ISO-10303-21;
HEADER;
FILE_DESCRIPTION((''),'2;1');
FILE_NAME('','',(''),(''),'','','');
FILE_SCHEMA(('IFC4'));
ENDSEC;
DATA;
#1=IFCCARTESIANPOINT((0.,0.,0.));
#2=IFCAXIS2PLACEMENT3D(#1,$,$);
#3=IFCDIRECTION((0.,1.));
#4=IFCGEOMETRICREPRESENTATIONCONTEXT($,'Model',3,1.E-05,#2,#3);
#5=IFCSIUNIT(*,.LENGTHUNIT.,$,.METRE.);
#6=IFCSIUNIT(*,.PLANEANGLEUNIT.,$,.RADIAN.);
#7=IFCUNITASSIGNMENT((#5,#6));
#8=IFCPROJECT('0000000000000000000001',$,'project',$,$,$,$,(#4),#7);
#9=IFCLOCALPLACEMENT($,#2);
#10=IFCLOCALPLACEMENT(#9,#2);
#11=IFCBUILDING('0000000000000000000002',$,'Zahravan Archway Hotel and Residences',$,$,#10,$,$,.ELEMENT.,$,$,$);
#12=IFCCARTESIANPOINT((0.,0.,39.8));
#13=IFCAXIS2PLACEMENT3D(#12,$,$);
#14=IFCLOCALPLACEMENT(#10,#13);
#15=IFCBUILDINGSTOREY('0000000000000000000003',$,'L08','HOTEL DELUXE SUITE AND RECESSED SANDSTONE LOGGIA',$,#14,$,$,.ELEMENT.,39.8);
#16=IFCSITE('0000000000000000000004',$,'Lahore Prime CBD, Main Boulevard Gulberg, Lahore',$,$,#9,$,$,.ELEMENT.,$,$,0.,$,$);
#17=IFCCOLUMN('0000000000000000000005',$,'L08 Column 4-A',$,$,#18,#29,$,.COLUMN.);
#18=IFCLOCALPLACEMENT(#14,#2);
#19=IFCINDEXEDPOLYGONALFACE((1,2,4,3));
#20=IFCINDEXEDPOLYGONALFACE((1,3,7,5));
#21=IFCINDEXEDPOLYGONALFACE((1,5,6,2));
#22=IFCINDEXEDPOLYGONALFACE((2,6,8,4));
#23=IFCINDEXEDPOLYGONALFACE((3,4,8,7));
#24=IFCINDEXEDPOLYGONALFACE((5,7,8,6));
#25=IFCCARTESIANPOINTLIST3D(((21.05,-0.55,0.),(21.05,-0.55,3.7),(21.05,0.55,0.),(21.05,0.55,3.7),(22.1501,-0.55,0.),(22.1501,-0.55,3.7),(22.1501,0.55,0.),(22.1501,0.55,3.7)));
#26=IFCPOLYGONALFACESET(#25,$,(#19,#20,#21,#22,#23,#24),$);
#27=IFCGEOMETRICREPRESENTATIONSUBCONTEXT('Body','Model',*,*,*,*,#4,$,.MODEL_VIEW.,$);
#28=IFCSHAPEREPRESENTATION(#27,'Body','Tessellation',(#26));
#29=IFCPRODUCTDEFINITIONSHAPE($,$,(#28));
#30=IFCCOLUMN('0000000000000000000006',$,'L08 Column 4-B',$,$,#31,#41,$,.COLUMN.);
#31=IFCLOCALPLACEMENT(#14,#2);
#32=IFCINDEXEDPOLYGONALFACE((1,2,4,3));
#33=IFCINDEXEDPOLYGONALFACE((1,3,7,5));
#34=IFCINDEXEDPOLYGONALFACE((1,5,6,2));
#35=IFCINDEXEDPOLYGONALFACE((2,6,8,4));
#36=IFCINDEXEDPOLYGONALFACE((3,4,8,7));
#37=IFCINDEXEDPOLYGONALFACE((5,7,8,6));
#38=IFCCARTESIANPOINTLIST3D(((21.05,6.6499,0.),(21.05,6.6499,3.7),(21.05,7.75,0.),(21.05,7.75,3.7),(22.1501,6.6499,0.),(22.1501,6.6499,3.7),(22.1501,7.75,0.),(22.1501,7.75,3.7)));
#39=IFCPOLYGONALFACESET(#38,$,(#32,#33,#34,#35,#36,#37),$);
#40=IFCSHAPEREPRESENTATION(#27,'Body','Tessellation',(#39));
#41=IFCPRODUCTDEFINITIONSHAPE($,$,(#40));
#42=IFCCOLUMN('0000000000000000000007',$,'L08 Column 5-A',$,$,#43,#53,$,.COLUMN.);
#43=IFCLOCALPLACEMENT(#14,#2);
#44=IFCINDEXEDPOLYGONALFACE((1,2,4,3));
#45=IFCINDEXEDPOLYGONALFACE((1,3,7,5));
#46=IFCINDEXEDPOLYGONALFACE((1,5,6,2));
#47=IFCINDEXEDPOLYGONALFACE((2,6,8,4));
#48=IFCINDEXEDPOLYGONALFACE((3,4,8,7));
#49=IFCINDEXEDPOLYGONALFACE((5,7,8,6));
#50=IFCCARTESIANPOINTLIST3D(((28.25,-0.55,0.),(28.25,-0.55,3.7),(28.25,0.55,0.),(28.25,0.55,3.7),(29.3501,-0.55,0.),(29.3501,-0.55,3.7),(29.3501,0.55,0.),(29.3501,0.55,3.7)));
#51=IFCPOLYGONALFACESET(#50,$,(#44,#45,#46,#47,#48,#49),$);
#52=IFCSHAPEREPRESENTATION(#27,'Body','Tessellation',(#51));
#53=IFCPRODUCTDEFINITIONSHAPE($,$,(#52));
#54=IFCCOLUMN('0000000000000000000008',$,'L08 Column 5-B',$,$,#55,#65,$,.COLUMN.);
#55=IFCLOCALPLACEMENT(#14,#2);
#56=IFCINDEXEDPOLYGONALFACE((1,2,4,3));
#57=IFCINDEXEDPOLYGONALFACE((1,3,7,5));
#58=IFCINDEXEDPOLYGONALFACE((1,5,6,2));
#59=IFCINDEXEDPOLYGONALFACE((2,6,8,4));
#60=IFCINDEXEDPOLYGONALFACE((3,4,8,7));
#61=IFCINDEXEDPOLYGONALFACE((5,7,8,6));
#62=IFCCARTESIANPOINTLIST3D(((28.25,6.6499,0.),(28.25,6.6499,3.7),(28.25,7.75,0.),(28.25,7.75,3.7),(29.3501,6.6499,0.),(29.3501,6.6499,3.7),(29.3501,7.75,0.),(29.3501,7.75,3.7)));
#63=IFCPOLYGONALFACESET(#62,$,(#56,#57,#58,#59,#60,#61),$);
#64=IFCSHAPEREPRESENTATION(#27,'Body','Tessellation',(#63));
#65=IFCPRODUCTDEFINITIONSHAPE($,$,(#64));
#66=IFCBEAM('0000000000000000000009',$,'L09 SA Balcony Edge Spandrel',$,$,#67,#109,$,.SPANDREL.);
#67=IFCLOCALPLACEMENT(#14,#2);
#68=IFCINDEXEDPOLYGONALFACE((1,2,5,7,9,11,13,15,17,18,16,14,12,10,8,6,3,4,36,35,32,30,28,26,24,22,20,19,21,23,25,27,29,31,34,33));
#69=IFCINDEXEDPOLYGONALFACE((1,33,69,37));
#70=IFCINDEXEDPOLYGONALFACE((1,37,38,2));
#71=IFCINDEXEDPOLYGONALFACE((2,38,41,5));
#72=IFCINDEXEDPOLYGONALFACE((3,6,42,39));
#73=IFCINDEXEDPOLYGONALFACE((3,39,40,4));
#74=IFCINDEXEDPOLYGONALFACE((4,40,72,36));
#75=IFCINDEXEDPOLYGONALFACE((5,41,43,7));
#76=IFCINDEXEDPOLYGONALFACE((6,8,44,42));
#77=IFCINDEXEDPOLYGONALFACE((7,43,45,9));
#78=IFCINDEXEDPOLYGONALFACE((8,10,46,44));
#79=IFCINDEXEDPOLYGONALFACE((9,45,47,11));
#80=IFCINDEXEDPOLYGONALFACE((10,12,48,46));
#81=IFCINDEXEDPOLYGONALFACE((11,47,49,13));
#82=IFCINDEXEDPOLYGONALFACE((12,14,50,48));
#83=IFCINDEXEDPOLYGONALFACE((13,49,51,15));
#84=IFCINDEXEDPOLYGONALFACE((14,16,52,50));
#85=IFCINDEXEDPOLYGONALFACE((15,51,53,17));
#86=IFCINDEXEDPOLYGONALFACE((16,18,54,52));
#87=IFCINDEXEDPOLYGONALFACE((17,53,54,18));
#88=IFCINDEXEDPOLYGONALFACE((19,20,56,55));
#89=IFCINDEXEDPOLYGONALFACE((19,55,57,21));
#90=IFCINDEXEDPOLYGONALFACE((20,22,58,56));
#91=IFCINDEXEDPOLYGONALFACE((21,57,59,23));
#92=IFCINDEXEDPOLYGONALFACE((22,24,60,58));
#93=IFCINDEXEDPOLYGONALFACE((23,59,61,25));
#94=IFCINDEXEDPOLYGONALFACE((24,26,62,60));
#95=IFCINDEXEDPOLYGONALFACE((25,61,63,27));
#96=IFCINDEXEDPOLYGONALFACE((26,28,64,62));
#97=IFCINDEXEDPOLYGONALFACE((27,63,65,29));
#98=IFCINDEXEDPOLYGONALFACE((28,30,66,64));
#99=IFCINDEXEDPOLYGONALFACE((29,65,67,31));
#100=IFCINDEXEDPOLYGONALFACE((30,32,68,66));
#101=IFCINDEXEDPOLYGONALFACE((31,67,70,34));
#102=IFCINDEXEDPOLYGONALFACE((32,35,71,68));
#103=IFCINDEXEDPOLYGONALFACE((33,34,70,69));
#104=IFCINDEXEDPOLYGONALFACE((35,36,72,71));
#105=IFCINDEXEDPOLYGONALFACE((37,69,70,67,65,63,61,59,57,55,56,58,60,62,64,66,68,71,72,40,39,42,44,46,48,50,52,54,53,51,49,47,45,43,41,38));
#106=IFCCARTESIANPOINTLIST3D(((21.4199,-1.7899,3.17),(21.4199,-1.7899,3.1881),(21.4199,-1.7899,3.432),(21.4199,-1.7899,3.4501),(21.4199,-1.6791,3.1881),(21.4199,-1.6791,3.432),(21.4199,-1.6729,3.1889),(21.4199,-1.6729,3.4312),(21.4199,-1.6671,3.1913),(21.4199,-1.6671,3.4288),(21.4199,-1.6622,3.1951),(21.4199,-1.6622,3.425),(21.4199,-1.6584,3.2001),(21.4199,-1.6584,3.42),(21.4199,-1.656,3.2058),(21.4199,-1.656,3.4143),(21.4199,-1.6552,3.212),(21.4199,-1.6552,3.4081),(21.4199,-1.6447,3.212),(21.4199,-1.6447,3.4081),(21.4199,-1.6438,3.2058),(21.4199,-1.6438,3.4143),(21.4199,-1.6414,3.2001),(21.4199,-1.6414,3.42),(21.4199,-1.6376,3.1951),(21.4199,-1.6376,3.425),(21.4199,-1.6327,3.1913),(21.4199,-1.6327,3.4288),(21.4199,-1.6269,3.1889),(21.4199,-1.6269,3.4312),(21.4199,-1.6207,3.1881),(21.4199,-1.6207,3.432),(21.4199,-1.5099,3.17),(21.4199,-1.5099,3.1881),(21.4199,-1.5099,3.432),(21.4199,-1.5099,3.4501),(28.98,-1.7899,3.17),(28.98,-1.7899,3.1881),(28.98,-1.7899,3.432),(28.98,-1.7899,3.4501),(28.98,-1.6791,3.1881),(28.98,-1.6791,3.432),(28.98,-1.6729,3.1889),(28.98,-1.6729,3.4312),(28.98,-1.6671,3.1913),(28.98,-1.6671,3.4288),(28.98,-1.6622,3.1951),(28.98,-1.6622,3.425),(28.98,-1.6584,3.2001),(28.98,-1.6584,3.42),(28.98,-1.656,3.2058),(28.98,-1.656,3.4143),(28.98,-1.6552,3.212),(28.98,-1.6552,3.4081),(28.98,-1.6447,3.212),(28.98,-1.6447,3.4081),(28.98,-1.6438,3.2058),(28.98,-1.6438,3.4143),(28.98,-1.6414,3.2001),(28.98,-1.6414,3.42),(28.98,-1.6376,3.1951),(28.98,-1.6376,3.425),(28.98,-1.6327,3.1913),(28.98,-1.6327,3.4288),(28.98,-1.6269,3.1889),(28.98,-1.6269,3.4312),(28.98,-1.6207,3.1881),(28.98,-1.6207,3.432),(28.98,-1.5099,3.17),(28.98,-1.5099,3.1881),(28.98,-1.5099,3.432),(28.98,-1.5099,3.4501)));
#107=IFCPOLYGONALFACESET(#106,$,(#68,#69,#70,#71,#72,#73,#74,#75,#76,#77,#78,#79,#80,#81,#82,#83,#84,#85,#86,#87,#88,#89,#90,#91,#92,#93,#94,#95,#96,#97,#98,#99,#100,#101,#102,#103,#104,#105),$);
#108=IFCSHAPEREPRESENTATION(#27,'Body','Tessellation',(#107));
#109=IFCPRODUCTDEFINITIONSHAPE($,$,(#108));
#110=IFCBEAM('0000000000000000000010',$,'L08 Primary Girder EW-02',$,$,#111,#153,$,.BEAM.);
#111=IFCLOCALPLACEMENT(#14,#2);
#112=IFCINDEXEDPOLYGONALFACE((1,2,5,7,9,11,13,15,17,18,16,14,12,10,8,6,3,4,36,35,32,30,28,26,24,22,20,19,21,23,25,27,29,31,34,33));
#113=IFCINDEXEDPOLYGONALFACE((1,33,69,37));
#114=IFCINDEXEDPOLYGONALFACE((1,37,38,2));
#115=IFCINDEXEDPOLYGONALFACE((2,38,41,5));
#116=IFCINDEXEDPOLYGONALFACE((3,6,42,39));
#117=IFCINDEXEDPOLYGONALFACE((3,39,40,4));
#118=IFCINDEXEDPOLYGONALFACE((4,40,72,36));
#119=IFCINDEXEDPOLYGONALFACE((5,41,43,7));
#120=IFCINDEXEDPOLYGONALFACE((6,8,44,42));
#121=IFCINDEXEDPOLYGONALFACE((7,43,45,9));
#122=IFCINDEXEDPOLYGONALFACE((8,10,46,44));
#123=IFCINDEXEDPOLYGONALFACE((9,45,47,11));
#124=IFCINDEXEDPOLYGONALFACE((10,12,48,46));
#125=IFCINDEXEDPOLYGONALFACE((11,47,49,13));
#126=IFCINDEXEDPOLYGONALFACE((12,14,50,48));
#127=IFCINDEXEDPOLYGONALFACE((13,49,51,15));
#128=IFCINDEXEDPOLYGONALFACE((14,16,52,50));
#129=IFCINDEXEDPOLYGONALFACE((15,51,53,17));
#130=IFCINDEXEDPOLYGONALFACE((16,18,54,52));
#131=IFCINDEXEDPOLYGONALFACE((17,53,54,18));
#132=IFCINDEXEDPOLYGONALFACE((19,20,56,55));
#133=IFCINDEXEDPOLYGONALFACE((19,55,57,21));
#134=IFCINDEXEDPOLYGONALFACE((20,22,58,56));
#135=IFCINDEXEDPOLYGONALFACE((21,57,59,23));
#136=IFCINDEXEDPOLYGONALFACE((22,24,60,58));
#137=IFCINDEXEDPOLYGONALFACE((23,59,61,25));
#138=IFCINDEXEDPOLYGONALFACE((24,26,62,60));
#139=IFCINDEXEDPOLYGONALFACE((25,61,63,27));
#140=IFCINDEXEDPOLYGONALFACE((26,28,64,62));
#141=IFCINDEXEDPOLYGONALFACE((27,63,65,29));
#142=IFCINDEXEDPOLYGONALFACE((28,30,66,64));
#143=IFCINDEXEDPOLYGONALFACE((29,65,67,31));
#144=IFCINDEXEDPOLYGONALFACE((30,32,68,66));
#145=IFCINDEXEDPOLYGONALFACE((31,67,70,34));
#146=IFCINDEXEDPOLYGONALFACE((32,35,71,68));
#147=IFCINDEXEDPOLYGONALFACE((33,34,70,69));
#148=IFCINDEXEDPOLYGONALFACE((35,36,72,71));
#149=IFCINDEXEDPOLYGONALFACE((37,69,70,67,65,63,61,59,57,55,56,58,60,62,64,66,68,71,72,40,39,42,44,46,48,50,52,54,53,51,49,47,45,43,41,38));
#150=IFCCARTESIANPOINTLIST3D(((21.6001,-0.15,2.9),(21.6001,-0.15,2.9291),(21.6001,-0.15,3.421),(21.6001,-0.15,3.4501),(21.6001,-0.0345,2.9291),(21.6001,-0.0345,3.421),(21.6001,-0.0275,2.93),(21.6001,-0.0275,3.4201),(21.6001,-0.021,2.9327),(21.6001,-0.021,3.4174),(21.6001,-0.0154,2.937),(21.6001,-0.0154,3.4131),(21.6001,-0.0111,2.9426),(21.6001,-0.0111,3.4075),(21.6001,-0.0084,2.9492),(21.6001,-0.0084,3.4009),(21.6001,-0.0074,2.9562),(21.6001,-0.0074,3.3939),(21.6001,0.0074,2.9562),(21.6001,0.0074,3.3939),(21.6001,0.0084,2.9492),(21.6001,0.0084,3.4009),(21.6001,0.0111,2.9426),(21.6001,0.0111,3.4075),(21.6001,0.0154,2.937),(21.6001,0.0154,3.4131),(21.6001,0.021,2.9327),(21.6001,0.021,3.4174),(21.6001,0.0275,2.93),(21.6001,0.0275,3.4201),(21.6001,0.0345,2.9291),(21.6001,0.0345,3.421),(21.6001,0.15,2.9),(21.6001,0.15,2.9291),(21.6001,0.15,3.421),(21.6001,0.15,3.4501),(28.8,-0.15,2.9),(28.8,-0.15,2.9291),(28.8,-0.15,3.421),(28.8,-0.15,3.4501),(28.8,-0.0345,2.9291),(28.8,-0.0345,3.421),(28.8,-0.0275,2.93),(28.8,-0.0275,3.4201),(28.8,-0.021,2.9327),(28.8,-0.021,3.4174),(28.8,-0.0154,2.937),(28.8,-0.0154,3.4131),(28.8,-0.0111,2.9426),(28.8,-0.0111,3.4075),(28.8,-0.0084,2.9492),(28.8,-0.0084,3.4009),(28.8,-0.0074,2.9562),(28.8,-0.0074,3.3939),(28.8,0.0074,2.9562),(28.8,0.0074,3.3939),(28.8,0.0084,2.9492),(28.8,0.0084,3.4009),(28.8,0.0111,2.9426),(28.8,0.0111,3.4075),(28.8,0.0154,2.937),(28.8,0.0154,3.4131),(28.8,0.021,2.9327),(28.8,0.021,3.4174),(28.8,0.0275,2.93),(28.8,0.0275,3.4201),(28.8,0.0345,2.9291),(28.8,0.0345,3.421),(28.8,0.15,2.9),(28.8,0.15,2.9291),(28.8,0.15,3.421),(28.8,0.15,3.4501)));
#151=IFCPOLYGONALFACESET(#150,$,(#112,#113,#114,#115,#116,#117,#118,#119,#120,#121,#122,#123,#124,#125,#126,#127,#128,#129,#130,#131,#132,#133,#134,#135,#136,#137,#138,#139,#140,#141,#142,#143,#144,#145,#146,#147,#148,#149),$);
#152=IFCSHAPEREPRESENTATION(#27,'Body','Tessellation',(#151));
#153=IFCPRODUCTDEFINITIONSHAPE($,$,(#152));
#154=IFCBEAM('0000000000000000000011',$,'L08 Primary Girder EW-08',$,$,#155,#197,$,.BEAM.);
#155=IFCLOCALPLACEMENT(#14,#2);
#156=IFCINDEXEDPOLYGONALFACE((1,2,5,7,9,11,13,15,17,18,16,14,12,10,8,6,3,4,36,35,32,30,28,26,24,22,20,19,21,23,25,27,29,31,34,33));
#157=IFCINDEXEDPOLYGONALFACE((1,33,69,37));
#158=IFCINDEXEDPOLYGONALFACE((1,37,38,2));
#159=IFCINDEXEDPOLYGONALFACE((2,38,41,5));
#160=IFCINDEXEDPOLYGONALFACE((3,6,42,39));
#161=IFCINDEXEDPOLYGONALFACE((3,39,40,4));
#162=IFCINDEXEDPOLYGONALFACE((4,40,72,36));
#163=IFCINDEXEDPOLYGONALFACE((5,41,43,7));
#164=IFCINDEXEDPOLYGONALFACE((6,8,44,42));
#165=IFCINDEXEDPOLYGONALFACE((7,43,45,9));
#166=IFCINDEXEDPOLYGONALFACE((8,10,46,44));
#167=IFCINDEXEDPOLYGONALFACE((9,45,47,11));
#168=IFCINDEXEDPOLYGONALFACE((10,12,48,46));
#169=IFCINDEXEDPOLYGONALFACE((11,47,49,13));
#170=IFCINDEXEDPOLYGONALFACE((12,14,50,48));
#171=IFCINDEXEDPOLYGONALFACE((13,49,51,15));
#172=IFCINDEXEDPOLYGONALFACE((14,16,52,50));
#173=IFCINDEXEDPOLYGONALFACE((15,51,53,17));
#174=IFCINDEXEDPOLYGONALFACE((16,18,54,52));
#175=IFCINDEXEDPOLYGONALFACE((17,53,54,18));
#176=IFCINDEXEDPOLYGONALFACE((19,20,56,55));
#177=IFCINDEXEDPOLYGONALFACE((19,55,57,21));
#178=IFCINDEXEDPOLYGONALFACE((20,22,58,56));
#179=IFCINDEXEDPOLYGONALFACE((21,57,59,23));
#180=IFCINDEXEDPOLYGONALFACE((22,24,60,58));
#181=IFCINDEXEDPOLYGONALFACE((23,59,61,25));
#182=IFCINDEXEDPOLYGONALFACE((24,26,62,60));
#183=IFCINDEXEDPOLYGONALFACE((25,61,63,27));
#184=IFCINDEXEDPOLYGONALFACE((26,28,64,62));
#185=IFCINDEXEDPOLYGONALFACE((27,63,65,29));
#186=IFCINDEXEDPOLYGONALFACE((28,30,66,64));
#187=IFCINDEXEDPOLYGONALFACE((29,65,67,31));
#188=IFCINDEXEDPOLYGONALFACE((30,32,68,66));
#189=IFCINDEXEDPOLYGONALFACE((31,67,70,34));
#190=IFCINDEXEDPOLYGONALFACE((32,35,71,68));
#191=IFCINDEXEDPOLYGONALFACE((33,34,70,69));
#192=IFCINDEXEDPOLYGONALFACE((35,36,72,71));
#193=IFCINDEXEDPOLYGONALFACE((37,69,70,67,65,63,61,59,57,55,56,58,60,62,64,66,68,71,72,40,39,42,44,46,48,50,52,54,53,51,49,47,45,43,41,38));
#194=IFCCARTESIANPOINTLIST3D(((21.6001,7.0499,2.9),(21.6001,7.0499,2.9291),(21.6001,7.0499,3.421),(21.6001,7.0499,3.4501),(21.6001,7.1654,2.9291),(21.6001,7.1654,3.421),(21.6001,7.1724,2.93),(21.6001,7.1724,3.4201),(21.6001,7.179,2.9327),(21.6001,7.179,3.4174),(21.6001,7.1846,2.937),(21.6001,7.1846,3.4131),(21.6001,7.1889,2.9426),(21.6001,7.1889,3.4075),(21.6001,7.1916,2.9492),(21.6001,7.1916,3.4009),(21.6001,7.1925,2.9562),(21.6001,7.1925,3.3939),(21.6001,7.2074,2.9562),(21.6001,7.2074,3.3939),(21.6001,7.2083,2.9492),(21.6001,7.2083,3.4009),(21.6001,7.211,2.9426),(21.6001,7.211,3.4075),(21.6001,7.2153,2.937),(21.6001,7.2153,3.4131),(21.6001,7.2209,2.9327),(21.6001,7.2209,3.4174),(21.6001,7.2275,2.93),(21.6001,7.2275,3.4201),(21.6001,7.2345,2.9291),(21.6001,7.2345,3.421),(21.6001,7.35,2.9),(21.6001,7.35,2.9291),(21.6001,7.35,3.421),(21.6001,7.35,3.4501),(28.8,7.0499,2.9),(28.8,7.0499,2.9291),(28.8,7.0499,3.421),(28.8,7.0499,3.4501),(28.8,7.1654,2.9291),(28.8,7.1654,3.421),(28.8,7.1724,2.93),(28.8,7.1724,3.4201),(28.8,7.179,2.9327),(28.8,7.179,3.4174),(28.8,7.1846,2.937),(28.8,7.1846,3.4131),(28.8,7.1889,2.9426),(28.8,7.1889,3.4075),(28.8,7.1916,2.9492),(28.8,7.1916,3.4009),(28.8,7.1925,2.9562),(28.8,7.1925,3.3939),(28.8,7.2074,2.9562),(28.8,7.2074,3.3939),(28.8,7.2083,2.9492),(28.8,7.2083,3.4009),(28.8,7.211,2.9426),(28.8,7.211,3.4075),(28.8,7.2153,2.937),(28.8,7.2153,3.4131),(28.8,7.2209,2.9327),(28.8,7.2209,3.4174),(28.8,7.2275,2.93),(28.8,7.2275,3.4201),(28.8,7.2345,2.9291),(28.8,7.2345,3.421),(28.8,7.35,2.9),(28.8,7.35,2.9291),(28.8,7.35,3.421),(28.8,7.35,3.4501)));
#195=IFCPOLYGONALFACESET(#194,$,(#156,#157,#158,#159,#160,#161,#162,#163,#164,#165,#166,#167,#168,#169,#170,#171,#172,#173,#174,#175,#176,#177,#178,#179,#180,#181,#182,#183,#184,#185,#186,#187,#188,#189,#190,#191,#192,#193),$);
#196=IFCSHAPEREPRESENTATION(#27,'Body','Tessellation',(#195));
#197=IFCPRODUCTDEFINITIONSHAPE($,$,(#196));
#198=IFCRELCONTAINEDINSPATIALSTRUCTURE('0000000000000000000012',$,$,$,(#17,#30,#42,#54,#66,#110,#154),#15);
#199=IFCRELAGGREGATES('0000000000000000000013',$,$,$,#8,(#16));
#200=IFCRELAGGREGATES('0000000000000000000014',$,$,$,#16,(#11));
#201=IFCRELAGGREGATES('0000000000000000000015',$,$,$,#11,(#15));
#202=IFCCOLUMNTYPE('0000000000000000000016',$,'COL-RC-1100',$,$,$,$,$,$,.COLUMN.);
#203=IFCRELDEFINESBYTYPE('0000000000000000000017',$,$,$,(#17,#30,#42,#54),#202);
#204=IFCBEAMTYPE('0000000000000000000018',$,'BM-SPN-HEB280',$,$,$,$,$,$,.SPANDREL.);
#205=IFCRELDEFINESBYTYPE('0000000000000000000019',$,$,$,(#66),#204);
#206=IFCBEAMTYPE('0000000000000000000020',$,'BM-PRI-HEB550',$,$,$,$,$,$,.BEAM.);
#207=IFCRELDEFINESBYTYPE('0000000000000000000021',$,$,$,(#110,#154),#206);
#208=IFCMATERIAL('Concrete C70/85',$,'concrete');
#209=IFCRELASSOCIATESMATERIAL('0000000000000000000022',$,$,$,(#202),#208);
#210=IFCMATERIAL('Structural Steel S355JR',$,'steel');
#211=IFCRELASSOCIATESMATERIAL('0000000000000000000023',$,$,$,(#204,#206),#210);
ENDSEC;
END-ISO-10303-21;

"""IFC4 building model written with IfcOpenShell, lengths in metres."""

from ifc_helpers import new_model, si_unit, direction, frame, origin, origin_2d, place, context, subcontext, project, spatial, rectangle, i_section, extrude, source, transform, mapped, material, material_profile, profile_set, type_object, type_shapes, element, save


model = new_model("IFC4")

# Units and contexts
model_context = context("Model", 3, precision=1e-05, world=origin(), true_north=direction((0.0, 1.0)))
body_context = subcontext(model_context, "Body", "Model", "MODEL_VIEW")
ifc_project = project(units=[si_unit("LENGTHUNIT", "METRE"), si_unit("PLANEANGLEUNIT", "RADIAN")], contexts=[model_context])

# Site, building, storey
site_placement = place(None, origin())
site = spatial("IfcSite", under=ifc_project, at=site_placement, Name="Lahore Prime CBD, Main Boulevard Gulberg, Lahore", CompositionType="ELEMENT", RefElevation=0.0)
building_placement = place(site_placement, origin())
building = spatial("IfcBuilding", under=site, at=building_placement, Name="Zahravan Archway Hotel and Residences", CompositionType="ELEMENT")
storey_placement = place(building_placement, frame((0.0, 0.0, 39.8)))
storey = spatial("IfcBuildingStorey", under=building, at=storey_placement, Name="L08", Description="HOTEL DELUXE SUITE AND RECESSED SANDSTONE LOGGIA", CompositionType="ELEMENT", Elevation=39.8)

# Columns
ifc_material_1 = material(Name="Concrete C70/85", Category="concrete")
ifc_material_profile_1 = material_profile(ifc_material_1, rectangle(XDim=1.1001, YDim=1.1001, at=origin_2d()), Name="RC 1100x1100", Category="concrete")
ifc_profile_set_1 = profile_set([ifc_material_profile_1], Name="Concrete C70/85")
column_type = type_object("IfcColumnType", Name="COL-RC-1100", PredefinedType="COLUMN", material=ifc_profile_set_1)
shared_shape_1 = source(origin(), body_context, "Body", "SweptSolid", [
    extrude(rectangle(XDim=1.1001, YDim=1.1001, at=origin_2d()), origin(), (0.0, 0.0, 1.0), 3.7),
])
for number, where, z_axis, x_axis, name in (
    (1, (21.6001, 0.0, 0.0), (0.0, 0.0, 1.0), (1.0, 0.0, 0.0), "L08 Column 4-A"),
    (2, (21.6001, 7.2, 0.0), (0.0, 0.0, 1.0), (1.0, 0.0, 0.0), "L08 Column 4-B"),
    (3, (28.8, 0.0, 0.0), (0.0, 0.0, 1.0), (1.0, 0.0, 0.0), "L08 Column 5-A"),
    (4, (28.8, 7.2, 0.0), (0.0, 0.0, 1.0), (1.0, 0.0, 0.0), "L08 Column 5-B"),
):
    element("IfcColumn", number, at=place(storey_placement, frame(where, z_axis=z_axis, x_axis=x_axis)), inside=storey, type_object=column_type, Name=name, PredefinedType="COLUMN", context=body_context, shape_type="MappedRepresentation", body=[
        mapped(shared_shape_1, transform((0.0, 0.0, 0.0), scale=1.0)),
    ])

# Beams
ifc_material_2 = material(Name="Structural Steel S355JR", Category="steel")
ifc_material_profile_2 = material_profile(ifc_material_2, i_section(OverallWidth=0.28, OverallDepth=0.28, WebThickness=0.0105, FlangeThickness=0.0181, FilletRadius=0.0239, at=origin_2d()), Name="HEB 280", Category="steel")
ifc_profile_set_2 = profile_set([ifc_material_profile_2], Name="Structural Steel S355JR")
beam_type_1 = type_object("IfcBeamType", Name="BM-SPN-HEB280", PredefinedType="SPANDREL", material=ifc_profile_set_2)
shared_shape_2 = source(origin(), body_context, "Body", "SweptSolid", [
    extrude(i_section(OverallWidth=0.28, OverallDepth=0.28, WebThickness=0.0105, FlangeThickness=0.0181, FilletRadius=0.0239, at=origin_2d()), origin(), (0.0, 0.0, 1.0), 7.5601),
])
type_shapes(beam_type_1, [shared_shape_2])
beam_placement = place(storey_placement, frame((21.4199, -1.6499, 3.3101), z_axis=(1.0, 0.0, 0.0), x_axis=(0.0, 1.0, 0.0)))
element("IfcBeam", 5, at=beam_placement, inside=storey, type_object=beam_type_1, Name="L09 SA Balcony Edge Spandrel", PredefinedType="SPANDREL", context=body_context, shape_type="MappedRepresentation", body=[
    mapped(shared_shape_2, transform((0.0, 0.0, 0.0), scale=1.0)),
])
ifc_material_profile_3 = material_profile(ifc_material_2, i_section(OverallWidth=0.3, OverallDepth=0.55, WebThickness=0.0149, FlangeThickness=0.0291, FilletRadius=0.0271, at=origin_2d()), Name="HEB 550", Category="steel")
ifc_profile_set_3 = profile_set([ifc_material_profile_3], Name="Structural Steel S355JR")
beam_type_2 = type_object("IfcBeamType", Name="BM-PRI-HEB550", PredefinedType="BEAM", material=ifc_profile_set_3)
shared_shape_3 = source(origin(), body_context, "Body", "SweptSolid", [
    extrude(i_section(OverallWidth=0.3, OverallDepth=0.55, WebThickness=0.0149, FlangeThickness=0.0291, FilletRadius=0.0271, at=origin_2d()), origin(), (0.0, 0.0, 1.0), 7.2),
])
for number, where, z_axis, x_axis, name in (
    (6, (21.6001, 0.0, 3.175), (1.0, 0.0, 0.0), (0.0, 1.0, 0.0), "L08 Primary Girder EW-02"),
    (7, (21.6001, 7.2, 3.175), (1.0, 0.0, 0.0), (0.0, 1.0, 0.0), "L08 Primary Girder EW-08"),
):
    element("IfcBeam", number, at=place(storey_placement, frame(where, z_axis=z_axis, x_axis=x_axis)), inside=storey, type_object=beam_type_2, Name=name, PredefinedType="BEAM", context=body_context, shape_type="MappedRepresentation", body=[
        mapped(shared_shape_3, transform((0.0, 0.0, 0.0), scale=1.0)),
    ])

save(model, "model.ifc")
